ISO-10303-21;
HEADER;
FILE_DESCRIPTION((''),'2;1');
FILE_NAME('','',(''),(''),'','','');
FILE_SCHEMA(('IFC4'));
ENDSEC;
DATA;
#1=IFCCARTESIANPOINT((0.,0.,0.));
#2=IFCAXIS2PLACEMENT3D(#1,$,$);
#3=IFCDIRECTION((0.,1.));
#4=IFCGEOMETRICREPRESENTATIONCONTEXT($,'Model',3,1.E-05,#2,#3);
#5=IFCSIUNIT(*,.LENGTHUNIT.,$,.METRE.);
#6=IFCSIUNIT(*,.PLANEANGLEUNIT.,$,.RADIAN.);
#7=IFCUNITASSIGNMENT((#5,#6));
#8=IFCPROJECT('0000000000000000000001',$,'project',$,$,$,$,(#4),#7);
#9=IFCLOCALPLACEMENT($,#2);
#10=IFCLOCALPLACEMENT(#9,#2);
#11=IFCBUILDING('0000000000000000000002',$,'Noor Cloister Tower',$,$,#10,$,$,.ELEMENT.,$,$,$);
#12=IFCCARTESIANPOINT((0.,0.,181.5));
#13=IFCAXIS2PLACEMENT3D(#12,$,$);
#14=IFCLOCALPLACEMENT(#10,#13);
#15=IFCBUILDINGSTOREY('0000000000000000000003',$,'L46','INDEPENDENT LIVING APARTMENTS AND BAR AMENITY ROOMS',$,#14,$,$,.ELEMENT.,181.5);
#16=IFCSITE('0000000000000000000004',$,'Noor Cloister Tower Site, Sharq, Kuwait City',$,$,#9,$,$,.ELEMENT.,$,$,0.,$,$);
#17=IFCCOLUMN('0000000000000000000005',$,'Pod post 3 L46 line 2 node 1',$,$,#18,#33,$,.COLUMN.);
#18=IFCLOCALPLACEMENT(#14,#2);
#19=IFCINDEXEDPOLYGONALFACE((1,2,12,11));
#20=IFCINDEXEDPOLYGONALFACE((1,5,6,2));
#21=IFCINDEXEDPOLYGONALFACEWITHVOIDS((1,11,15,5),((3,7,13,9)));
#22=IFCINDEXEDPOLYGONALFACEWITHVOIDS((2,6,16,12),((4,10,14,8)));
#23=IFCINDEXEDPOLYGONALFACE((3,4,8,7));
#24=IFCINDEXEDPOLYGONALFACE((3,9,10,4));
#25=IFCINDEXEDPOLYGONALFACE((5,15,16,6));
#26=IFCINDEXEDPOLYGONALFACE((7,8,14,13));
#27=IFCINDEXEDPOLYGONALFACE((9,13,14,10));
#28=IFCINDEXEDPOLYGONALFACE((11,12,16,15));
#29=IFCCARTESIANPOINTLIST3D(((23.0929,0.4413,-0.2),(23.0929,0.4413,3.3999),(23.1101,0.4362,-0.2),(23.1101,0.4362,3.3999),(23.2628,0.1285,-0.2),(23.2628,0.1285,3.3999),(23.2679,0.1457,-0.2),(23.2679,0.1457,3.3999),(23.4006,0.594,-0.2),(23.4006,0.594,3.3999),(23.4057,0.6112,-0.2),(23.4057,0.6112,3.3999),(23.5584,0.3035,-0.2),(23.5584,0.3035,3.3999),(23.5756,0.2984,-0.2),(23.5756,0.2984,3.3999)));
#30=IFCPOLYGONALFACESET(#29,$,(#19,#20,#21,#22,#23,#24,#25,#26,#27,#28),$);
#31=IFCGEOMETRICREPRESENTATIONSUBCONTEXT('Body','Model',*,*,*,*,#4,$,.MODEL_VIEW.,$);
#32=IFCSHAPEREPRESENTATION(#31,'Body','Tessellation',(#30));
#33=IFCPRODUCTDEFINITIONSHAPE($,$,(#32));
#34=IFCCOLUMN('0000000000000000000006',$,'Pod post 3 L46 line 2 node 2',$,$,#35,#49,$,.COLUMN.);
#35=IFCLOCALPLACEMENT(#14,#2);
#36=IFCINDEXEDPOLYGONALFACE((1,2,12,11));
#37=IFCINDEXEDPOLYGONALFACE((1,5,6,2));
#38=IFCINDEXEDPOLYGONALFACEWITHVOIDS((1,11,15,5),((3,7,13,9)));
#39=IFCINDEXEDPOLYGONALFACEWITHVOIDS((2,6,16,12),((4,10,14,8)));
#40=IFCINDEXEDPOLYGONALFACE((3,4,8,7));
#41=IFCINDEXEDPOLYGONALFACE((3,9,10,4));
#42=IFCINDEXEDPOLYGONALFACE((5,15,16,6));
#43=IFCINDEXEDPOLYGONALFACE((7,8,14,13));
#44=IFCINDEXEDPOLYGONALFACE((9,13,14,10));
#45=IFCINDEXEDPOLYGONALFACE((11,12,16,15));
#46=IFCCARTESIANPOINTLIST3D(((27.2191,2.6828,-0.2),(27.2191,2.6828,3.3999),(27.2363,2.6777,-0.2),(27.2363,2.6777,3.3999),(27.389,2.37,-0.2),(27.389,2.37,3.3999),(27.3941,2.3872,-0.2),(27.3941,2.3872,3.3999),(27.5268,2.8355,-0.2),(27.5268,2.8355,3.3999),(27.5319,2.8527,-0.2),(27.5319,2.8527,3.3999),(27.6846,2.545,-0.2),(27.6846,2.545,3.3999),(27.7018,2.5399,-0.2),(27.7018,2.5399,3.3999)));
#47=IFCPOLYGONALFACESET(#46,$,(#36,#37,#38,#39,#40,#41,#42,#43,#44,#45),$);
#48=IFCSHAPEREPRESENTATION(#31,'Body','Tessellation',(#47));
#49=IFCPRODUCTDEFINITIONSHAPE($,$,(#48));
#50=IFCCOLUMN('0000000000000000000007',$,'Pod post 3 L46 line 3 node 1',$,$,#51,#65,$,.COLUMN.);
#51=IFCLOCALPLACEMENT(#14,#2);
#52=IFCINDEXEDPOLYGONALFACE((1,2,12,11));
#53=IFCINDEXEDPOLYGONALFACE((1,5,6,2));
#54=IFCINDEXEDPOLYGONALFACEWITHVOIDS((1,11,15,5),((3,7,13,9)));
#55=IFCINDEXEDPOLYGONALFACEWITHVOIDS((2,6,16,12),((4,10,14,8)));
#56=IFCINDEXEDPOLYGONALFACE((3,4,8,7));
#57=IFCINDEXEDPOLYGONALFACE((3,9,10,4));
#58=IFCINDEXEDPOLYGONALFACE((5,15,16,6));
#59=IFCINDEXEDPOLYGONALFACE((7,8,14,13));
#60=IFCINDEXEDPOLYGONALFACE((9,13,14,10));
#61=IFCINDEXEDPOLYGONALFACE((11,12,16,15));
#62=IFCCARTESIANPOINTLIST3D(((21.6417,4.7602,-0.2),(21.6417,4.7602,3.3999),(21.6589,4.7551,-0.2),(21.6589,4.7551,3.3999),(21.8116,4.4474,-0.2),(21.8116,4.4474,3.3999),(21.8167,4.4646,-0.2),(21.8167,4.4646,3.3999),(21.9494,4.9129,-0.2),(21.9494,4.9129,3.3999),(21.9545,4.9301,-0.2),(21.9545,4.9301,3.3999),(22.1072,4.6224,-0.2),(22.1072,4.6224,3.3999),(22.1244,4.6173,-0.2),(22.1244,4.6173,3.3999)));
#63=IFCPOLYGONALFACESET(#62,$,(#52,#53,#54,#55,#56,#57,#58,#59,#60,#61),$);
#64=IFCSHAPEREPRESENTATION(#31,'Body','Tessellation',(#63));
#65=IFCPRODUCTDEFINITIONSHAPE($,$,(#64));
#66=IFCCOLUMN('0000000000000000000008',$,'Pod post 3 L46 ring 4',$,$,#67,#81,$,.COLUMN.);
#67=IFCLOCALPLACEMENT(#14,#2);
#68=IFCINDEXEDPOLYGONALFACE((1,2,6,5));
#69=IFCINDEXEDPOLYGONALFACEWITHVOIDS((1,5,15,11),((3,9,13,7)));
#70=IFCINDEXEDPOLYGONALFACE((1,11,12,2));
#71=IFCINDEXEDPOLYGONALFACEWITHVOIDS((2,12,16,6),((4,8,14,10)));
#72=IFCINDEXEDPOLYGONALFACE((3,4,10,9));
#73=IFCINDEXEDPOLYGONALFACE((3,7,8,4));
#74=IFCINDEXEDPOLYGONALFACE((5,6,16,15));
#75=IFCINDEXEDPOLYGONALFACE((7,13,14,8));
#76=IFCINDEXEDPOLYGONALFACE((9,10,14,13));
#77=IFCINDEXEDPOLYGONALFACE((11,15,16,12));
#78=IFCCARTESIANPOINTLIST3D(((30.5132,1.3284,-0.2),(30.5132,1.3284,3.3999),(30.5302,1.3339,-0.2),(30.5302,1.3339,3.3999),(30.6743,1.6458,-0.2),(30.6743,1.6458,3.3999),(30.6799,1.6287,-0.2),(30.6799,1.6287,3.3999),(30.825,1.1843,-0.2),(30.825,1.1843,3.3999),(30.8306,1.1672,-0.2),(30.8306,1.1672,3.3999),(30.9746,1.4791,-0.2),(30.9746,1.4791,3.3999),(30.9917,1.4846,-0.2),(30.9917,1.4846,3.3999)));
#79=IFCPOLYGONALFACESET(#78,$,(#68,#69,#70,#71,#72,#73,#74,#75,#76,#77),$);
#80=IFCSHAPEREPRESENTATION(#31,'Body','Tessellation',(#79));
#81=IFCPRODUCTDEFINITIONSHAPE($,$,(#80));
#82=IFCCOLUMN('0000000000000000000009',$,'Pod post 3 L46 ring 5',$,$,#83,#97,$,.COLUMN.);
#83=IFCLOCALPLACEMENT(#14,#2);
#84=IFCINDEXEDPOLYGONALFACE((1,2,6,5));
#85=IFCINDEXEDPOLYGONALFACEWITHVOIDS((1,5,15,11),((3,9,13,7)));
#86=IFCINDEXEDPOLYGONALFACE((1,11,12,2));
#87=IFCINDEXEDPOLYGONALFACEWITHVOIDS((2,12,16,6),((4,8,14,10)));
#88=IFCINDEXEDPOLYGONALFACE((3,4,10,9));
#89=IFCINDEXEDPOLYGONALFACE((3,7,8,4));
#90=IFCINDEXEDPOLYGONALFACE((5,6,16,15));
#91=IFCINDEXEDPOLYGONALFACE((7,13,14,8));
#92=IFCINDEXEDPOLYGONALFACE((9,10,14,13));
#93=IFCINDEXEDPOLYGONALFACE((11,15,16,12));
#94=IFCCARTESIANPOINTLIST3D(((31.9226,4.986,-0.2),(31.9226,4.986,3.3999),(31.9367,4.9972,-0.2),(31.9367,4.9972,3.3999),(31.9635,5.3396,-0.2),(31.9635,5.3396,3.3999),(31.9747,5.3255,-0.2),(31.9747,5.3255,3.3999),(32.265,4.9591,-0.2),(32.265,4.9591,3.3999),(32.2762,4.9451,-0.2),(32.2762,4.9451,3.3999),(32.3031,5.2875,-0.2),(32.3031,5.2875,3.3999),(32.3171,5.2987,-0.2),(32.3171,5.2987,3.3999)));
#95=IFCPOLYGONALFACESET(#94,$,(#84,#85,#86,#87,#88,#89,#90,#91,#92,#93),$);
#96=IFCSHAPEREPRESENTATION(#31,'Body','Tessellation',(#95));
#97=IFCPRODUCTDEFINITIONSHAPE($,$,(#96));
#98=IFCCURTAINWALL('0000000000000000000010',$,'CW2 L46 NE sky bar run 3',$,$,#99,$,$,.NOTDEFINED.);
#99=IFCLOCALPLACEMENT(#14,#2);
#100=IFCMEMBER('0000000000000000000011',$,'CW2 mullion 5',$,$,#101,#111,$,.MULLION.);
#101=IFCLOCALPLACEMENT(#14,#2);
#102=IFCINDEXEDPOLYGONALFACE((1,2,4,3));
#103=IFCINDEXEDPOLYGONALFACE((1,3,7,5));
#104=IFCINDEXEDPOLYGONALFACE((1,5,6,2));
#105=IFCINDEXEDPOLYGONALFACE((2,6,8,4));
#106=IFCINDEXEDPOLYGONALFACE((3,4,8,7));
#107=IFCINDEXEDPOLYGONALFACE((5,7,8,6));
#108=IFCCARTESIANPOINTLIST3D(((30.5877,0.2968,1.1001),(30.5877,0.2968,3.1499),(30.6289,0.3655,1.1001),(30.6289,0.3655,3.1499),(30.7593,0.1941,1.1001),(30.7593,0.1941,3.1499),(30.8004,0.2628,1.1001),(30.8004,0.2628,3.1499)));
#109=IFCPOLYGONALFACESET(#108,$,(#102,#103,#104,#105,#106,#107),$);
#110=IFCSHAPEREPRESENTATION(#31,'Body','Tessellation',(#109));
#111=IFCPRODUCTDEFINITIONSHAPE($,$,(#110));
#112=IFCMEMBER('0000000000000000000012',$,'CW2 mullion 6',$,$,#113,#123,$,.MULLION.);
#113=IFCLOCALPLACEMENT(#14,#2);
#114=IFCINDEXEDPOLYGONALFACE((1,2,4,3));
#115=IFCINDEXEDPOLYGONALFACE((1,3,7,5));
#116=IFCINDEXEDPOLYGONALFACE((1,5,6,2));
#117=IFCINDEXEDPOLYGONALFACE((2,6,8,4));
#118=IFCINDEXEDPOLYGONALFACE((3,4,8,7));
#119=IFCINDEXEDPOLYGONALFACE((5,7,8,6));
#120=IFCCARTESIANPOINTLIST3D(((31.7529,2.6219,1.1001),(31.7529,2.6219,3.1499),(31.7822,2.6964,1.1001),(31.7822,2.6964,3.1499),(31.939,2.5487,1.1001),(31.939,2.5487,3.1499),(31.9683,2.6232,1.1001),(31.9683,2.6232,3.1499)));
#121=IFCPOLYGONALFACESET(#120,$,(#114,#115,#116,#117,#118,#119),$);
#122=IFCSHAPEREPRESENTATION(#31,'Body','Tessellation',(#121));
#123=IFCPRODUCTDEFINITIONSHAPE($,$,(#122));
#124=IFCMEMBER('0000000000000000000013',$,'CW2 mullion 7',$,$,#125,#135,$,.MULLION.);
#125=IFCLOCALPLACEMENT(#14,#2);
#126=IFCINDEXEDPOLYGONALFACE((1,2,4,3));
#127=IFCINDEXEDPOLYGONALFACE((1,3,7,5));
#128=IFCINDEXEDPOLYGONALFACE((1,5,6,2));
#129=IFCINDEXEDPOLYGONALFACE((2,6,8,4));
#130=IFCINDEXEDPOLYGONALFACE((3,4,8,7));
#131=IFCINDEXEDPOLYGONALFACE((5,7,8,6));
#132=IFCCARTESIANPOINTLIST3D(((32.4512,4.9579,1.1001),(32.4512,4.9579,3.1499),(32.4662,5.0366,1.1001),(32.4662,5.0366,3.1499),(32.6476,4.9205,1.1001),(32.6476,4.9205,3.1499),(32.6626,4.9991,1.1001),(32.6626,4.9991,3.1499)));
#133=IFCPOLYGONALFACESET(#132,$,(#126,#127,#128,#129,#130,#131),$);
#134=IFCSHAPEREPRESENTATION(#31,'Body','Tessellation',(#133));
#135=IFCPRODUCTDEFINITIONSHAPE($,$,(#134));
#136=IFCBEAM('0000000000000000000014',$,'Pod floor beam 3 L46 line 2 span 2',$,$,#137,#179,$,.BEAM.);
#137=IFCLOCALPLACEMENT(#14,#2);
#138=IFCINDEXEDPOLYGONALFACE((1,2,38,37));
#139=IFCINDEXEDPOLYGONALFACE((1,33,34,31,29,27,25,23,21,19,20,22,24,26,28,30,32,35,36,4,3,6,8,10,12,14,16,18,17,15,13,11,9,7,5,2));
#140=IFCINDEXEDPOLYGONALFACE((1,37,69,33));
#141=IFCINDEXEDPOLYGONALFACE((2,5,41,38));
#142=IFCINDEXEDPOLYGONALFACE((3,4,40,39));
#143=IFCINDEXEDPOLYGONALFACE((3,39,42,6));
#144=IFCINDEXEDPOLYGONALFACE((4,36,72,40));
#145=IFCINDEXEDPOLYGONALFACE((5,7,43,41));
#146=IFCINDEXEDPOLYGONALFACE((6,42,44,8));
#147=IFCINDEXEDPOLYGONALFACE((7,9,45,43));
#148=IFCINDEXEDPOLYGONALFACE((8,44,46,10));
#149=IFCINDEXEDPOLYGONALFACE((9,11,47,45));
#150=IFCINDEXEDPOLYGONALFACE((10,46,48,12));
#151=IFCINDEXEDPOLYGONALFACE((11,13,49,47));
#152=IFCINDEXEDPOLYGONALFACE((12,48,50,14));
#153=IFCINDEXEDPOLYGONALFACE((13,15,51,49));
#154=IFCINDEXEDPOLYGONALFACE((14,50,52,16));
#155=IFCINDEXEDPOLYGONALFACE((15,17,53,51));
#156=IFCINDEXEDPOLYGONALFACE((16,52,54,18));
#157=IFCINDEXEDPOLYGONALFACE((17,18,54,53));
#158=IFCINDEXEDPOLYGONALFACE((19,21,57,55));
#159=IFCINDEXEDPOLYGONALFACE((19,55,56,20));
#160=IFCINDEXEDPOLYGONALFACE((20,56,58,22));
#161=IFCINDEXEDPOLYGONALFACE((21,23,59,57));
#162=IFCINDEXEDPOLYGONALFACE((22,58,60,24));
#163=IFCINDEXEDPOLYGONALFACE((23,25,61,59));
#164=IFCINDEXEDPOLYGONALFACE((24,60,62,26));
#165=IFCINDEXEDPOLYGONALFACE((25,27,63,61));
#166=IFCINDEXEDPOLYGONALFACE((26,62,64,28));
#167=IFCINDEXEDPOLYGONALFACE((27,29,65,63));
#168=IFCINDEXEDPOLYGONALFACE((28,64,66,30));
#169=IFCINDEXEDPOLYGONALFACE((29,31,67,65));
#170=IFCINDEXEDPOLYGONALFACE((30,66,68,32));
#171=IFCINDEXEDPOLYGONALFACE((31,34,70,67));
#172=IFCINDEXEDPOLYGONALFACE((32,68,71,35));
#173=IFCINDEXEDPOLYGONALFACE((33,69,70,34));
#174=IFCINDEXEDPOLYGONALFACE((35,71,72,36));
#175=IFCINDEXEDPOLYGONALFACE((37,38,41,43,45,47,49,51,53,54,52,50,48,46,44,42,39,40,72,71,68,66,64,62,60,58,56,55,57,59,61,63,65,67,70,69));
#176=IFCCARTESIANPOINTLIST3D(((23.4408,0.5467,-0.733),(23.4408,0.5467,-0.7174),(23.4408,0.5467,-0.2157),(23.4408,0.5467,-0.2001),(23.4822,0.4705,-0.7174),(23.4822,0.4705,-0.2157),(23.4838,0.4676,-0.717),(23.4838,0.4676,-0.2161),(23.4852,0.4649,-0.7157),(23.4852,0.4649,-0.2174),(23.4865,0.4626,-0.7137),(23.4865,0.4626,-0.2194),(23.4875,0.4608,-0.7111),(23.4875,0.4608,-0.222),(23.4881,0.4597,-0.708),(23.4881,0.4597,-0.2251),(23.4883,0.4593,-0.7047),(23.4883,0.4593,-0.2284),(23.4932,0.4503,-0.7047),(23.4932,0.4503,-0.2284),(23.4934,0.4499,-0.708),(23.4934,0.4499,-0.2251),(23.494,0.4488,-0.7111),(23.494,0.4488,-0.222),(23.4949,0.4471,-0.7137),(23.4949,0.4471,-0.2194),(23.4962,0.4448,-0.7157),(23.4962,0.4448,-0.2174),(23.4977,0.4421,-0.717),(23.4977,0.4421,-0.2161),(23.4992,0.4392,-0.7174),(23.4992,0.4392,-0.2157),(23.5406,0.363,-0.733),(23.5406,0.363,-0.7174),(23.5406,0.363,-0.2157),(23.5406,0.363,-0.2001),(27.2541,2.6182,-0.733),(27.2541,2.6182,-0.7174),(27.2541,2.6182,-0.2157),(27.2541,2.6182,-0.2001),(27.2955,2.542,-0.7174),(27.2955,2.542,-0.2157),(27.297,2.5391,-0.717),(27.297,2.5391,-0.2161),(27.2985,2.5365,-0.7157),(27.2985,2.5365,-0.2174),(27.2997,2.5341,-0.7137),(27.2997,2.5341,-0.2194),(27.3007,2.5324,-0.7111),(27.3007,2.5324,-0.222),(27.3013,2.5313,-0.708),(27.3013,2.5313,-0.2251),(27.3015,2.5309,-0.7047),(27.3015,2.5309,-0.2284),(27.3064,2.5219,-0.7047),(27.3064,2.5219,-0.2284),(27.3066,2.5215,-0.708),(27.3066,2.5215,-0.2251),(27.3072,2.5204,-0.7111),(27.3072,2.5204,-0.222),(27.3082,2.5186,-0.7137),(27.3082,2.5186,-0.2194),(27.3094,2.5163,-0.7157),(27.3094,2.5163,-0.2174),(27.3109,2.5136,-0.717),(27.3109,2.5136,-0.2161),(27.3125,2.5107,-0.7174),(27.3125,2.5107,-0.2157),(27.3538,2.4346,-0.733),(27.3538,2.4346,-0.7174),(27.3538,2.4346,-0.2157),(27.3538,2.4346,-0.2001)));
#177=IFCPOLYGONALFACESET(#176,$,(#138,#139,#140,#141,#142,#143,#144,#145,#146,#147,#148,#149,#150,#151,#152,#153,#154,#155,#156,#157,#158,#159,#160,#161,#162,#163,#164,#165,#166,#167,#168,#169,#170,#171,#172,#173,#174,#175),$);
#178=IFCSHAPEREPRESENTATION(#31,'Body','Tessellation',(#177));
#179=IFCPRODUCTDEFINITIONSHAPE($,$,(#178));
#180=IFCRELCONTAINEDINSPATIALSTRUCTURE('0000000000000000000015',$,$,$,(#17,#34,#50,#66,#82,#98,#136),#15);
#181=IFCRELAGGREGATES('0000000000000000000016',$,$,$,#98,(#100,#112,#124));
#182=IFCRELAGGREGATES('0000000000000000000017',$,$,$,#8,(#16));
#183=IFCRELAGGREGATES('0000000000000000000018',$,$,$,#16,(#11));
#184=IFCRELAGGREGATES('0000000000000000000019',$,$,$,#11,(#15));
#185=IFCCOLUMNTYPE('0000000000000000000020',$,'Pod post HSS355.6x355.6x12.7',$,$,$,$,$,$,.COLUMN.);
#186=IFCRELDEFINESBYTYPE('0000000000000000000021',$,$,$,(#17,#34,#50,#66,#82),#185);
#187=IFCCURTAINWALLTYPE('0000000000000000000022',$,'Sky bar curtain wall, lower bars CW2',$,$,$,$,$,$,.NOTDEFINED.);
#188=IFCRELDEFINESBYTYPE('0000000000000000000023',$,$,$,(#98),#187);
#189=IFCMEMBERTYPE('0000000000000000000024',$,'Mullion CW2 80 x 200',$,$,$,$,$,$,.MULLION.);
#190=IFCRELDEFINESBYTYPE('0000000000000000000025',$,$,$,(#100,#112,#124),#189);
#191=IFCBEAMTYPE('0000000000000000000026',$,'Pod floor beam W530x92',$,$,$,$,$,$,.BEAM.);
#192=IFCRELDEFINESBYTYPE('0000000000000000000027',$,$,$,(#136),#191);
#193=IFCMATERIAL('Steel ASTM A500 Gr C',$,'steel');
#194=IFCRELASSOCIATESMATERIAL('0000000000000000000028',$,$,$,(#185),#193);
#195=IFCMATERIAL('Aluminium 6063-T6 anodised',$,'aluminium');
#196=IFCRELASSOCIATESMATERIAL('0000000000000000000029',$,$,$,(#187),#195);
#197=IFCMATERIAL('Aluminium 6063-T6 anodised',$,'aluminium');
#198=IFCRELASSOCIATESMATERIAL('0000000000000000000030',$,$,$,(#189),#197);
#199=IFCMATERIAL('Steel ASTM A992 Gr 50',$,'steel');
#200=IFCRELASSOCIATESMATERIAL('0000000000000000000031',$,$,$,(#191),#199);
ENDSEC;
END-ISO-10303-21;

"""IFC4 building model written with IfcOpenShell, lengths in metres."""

from ifc_helpers import new_model, si_unit, direction, frame, origin, origin_2d, place, context, subcontext, project, spatial, rectangle, hollow_rectangle, i_section, extrude, material, material_profile, profile_set, type_object, element, aggregate, save


model = new_model("IFC4")

# Units and contexts
model_context = context("Model", 3, precision=1e-05, world=origin(), true_north=direction((0.0, 1.0)))
body_context = subcontext(model_context, "Body", "Model", "MODEL_VIEW")
ifc_project = project(units=[si_unit("LENGTHUNIT", "METRE"), si_unit("PLANEANGLEUNIT", "RADIAN")], contexts=[model_context])

# Site, building, storey
site_placement = place(None, origin())
site = spatial("IfcSite", under=ifc_project, at=site_placement, Name="Noor Cloister Tower Site, Sharq, Kuwait City", CompositionType="ELEMENT", RefElevation=0.0)
building_placement = place(site_placement, origin())
building = spatial("IfcBuilding", under=site, at=building_placement, Name="Noor Cloister Tower", CompositionType="ELEMENT")
storey_placement = place(building_placement, frame((0.0, 0.0, 181.5)))
storey = spatial("IfcBuildingStorey", under=building, at=storey_placement, Name="L46", Description="INDEPENDENT LIVING APARTMENTS AND BAR AMENITY ROOMS", CompositionType="ELEMENT", Elevation=181.5)

# Columns
ifc_material_1 = material(Name="Steel ASTM A500 Gr C", Category="steel")
ifc_material_profile_1 = material_profile(ifc_material_1, hollow_rectangle(XDim=0.356, YDim=0.356, WallThickness=0.0127, at=origin_2d()), Name="HSS355.6x355.6x12.7")
ifc_profile_set_1 = profile_set([ifc_material_profile_1], Name="Steel ASTM A500 Gr C")
column_type = type_object("IfcColumnType", Name="Pod post HSS355.6x355.6x12.7", PredefinedType="COLUMN", material=ifc_profile_set_1)
for number, where, z_axis, x_axis, name in (
    (1, (23.3342, 0.3699, -0.2), (0.0, 0.0, 1.0), (0.878722, 0.477334, 0.0), "Pod post 3 L46 line 2 node 1"),
    (2, (27.4604, 2.6113, -0.2), (0.0, 0.0, 1.0), (0.878722, 0.477334, 0.0), "Pod post 3 L46 line 2 node 2"),
    (3, (21.8831, 4.6887, -0.2), (0.0, 0.0, 1.0), (0.878722, 0.477334, 0.0), "Pod post 3 L46 line 3 node 1"),
    (4, (30.7524, 1.4065, -0.2), (0.0, 0.0, 1.0), (0.452689, 0.891669, 0.0), "Pod post 3 L46 ring 4"),
    (5, (32.1199, 5.1423, -0.2), (0.0, 0.0, 1.0), (0.115028, 0.993362, 0.0), "Pod post 3 L46 ring 5"),
):
    element("IfcColumn", number, at=place(storey_placement, frame(where, z_axis=z_axis, x_axis=x_axis)), inside=storey, type_object=column_type, Name=name, PredefinedType="COLUMN", context=body_context, shape_type="SweptSolid", body=[
        extrude(hollow_rectangle(XDim=0.356, YDim=0.356, WallThickness=0.0127, at=origin_2d()), origin(), (0.0, 0.0, 1.0), 3.5999),
    ])

# Curtain wall, members
ifc_material_2 = material(Name="Aluminium 6063-T6 anodised", Category="aluminium")
curtain_wall_type = type_object("IfcCurtainWallType", Name="Sky bar curtain wall, lower bars CW2", PredefinedType="NOTDEFINED", material=ifc_material_2)
curtain_wall_placement = place(storey_placement, origin())
curtain_wall = element("IfcCurtainWall", 6, at=curtain_wall_placement, inside=storey, type_object=curtain_wall_type, Name="CW2 L46 NE sky bar run 3", PredefinedType="NOTDEFINED")
ifc_material_3 = material(Name="Aluminium 6063-T6 anodised", Category="aluminium")
ifc_material_profile_2 = material_profile(ifc_material_3, rectangle(XDim=0.2, YDim=0.0801, at=origin_2d()), Name="200 x 80 mullion")
ifc_profile_set_2 = profile_set([ifc_material_profile_2], Name="Aluminium 6063-T6 anodised")
member_type = type_object("IfcMemberType", Name="Mullion CW2 80 x 200", PredefinedType="MULLION", material=ifc_profile_set_2)
member_1_placement = place(storey_placement, frame((30.6941, 0.2798, 1.1001), z_axis=(0.0, 0.0, 1.0), x_axis=(-0.857965, 0.513709, 0.0)))
member_1 = element("IfcMember", 7, at=member_1_placement, type_object=member_type, Name="CW2 mullion 5", PredefinedType="MULLION", context=body_context, shape_type="SweptSolid", body=[
    extrude(rectangle(XDim=0.2, YDim=0.0801, at=origin_2d()), origin(), (0.0, 0.0, 1.0), 2.0498),
])
member_2_placement = place(storey_placement, frame((31.8606, 2.6226, 1.1001), z_axis=(0.0, 0.0, 1.0), x_axis=(-0.930621, 0.365983, 0.0)))
member_2 = element("IfcMember", 8, at=member_2_placement, type_object=member_type, Name="CW2 mullion 6", PredefinedType="MULLION", context=body_context, shape_type="SweptSolid", body=[
    extrude(rectangle(XDim=0.2, YDim=0.0801, at=origin_2d()), origin(), (0.0, 0.0, 1.0), 2.0498),
])
member_3_placement = place(storey_placement, frame((32.5569, 4.9785, 1.1001), z_axis=(0.0, 0.0, 1.0), x_axis=(-0.98229, 0.187368, 0.0)))
member_3 = element("IfcMember", 9, at=member_3_placement, type_object=member_type, Name="CW2 mullion 7", PredefinedType="MULLION", context=body_context, shape_type="SweptSolid", body=[
    extrude(rectangle(XDim=0.2, YDim=0.0801, at=origin_2d()), origin(), (0.0, 0.0, 1.0), 2.0498),
])

# Beam
ifc_material_4 = material(Name="Steel ASTM A992 Gr 50", Category="steel")
ifc_material_profile_3 = material_profile(ifc_material_4, i_section(OverallWidth=0.209, OverallDepth=0.533, WebThickness=0.0103, FlangeThickness=0.0156, FilletRadius=0.0127, at=origin_2d()), Name="W530x92")
ifc_profile_set_3 = profile_set([ifc_material_profile_3], Name="Steel ASTM A992 Gr 50")
beam_type = type_object("IfcBeamType", Name="Pod floor beam W530x92", PredefinedType="BEAM", material=ifc_profile_set_3)
beam_1_placement = place(storey_placement, frame((23.4907, 0.4548, -0.4666), z_axis=(0.878709, 0.477358, 0.0), x_axis=(-0.477358, 0.878709, 0.0)))
element("IfcBeam", 10, at=beam_1_placement, inside=storey, type_object=beam_type, Name="Pod floor beam 3 L46 line 2 span 2", PredefinedType="BEAM", context=body_context, shape_type="SweptSolid", body=[
    extrude(i_section(OverallWidth=0.209, OverallDepth=0.533, WebThickness=0.0103, FlangeThickness=0.0156, FilletRadius=0.0127, at=origin_2d()), origin(), (0.0, 0.0, 1.0), 4.3396),
])

aggregate(curtain_wall, [member_1, member_2, member_3])

save(model, "model.ifc")
